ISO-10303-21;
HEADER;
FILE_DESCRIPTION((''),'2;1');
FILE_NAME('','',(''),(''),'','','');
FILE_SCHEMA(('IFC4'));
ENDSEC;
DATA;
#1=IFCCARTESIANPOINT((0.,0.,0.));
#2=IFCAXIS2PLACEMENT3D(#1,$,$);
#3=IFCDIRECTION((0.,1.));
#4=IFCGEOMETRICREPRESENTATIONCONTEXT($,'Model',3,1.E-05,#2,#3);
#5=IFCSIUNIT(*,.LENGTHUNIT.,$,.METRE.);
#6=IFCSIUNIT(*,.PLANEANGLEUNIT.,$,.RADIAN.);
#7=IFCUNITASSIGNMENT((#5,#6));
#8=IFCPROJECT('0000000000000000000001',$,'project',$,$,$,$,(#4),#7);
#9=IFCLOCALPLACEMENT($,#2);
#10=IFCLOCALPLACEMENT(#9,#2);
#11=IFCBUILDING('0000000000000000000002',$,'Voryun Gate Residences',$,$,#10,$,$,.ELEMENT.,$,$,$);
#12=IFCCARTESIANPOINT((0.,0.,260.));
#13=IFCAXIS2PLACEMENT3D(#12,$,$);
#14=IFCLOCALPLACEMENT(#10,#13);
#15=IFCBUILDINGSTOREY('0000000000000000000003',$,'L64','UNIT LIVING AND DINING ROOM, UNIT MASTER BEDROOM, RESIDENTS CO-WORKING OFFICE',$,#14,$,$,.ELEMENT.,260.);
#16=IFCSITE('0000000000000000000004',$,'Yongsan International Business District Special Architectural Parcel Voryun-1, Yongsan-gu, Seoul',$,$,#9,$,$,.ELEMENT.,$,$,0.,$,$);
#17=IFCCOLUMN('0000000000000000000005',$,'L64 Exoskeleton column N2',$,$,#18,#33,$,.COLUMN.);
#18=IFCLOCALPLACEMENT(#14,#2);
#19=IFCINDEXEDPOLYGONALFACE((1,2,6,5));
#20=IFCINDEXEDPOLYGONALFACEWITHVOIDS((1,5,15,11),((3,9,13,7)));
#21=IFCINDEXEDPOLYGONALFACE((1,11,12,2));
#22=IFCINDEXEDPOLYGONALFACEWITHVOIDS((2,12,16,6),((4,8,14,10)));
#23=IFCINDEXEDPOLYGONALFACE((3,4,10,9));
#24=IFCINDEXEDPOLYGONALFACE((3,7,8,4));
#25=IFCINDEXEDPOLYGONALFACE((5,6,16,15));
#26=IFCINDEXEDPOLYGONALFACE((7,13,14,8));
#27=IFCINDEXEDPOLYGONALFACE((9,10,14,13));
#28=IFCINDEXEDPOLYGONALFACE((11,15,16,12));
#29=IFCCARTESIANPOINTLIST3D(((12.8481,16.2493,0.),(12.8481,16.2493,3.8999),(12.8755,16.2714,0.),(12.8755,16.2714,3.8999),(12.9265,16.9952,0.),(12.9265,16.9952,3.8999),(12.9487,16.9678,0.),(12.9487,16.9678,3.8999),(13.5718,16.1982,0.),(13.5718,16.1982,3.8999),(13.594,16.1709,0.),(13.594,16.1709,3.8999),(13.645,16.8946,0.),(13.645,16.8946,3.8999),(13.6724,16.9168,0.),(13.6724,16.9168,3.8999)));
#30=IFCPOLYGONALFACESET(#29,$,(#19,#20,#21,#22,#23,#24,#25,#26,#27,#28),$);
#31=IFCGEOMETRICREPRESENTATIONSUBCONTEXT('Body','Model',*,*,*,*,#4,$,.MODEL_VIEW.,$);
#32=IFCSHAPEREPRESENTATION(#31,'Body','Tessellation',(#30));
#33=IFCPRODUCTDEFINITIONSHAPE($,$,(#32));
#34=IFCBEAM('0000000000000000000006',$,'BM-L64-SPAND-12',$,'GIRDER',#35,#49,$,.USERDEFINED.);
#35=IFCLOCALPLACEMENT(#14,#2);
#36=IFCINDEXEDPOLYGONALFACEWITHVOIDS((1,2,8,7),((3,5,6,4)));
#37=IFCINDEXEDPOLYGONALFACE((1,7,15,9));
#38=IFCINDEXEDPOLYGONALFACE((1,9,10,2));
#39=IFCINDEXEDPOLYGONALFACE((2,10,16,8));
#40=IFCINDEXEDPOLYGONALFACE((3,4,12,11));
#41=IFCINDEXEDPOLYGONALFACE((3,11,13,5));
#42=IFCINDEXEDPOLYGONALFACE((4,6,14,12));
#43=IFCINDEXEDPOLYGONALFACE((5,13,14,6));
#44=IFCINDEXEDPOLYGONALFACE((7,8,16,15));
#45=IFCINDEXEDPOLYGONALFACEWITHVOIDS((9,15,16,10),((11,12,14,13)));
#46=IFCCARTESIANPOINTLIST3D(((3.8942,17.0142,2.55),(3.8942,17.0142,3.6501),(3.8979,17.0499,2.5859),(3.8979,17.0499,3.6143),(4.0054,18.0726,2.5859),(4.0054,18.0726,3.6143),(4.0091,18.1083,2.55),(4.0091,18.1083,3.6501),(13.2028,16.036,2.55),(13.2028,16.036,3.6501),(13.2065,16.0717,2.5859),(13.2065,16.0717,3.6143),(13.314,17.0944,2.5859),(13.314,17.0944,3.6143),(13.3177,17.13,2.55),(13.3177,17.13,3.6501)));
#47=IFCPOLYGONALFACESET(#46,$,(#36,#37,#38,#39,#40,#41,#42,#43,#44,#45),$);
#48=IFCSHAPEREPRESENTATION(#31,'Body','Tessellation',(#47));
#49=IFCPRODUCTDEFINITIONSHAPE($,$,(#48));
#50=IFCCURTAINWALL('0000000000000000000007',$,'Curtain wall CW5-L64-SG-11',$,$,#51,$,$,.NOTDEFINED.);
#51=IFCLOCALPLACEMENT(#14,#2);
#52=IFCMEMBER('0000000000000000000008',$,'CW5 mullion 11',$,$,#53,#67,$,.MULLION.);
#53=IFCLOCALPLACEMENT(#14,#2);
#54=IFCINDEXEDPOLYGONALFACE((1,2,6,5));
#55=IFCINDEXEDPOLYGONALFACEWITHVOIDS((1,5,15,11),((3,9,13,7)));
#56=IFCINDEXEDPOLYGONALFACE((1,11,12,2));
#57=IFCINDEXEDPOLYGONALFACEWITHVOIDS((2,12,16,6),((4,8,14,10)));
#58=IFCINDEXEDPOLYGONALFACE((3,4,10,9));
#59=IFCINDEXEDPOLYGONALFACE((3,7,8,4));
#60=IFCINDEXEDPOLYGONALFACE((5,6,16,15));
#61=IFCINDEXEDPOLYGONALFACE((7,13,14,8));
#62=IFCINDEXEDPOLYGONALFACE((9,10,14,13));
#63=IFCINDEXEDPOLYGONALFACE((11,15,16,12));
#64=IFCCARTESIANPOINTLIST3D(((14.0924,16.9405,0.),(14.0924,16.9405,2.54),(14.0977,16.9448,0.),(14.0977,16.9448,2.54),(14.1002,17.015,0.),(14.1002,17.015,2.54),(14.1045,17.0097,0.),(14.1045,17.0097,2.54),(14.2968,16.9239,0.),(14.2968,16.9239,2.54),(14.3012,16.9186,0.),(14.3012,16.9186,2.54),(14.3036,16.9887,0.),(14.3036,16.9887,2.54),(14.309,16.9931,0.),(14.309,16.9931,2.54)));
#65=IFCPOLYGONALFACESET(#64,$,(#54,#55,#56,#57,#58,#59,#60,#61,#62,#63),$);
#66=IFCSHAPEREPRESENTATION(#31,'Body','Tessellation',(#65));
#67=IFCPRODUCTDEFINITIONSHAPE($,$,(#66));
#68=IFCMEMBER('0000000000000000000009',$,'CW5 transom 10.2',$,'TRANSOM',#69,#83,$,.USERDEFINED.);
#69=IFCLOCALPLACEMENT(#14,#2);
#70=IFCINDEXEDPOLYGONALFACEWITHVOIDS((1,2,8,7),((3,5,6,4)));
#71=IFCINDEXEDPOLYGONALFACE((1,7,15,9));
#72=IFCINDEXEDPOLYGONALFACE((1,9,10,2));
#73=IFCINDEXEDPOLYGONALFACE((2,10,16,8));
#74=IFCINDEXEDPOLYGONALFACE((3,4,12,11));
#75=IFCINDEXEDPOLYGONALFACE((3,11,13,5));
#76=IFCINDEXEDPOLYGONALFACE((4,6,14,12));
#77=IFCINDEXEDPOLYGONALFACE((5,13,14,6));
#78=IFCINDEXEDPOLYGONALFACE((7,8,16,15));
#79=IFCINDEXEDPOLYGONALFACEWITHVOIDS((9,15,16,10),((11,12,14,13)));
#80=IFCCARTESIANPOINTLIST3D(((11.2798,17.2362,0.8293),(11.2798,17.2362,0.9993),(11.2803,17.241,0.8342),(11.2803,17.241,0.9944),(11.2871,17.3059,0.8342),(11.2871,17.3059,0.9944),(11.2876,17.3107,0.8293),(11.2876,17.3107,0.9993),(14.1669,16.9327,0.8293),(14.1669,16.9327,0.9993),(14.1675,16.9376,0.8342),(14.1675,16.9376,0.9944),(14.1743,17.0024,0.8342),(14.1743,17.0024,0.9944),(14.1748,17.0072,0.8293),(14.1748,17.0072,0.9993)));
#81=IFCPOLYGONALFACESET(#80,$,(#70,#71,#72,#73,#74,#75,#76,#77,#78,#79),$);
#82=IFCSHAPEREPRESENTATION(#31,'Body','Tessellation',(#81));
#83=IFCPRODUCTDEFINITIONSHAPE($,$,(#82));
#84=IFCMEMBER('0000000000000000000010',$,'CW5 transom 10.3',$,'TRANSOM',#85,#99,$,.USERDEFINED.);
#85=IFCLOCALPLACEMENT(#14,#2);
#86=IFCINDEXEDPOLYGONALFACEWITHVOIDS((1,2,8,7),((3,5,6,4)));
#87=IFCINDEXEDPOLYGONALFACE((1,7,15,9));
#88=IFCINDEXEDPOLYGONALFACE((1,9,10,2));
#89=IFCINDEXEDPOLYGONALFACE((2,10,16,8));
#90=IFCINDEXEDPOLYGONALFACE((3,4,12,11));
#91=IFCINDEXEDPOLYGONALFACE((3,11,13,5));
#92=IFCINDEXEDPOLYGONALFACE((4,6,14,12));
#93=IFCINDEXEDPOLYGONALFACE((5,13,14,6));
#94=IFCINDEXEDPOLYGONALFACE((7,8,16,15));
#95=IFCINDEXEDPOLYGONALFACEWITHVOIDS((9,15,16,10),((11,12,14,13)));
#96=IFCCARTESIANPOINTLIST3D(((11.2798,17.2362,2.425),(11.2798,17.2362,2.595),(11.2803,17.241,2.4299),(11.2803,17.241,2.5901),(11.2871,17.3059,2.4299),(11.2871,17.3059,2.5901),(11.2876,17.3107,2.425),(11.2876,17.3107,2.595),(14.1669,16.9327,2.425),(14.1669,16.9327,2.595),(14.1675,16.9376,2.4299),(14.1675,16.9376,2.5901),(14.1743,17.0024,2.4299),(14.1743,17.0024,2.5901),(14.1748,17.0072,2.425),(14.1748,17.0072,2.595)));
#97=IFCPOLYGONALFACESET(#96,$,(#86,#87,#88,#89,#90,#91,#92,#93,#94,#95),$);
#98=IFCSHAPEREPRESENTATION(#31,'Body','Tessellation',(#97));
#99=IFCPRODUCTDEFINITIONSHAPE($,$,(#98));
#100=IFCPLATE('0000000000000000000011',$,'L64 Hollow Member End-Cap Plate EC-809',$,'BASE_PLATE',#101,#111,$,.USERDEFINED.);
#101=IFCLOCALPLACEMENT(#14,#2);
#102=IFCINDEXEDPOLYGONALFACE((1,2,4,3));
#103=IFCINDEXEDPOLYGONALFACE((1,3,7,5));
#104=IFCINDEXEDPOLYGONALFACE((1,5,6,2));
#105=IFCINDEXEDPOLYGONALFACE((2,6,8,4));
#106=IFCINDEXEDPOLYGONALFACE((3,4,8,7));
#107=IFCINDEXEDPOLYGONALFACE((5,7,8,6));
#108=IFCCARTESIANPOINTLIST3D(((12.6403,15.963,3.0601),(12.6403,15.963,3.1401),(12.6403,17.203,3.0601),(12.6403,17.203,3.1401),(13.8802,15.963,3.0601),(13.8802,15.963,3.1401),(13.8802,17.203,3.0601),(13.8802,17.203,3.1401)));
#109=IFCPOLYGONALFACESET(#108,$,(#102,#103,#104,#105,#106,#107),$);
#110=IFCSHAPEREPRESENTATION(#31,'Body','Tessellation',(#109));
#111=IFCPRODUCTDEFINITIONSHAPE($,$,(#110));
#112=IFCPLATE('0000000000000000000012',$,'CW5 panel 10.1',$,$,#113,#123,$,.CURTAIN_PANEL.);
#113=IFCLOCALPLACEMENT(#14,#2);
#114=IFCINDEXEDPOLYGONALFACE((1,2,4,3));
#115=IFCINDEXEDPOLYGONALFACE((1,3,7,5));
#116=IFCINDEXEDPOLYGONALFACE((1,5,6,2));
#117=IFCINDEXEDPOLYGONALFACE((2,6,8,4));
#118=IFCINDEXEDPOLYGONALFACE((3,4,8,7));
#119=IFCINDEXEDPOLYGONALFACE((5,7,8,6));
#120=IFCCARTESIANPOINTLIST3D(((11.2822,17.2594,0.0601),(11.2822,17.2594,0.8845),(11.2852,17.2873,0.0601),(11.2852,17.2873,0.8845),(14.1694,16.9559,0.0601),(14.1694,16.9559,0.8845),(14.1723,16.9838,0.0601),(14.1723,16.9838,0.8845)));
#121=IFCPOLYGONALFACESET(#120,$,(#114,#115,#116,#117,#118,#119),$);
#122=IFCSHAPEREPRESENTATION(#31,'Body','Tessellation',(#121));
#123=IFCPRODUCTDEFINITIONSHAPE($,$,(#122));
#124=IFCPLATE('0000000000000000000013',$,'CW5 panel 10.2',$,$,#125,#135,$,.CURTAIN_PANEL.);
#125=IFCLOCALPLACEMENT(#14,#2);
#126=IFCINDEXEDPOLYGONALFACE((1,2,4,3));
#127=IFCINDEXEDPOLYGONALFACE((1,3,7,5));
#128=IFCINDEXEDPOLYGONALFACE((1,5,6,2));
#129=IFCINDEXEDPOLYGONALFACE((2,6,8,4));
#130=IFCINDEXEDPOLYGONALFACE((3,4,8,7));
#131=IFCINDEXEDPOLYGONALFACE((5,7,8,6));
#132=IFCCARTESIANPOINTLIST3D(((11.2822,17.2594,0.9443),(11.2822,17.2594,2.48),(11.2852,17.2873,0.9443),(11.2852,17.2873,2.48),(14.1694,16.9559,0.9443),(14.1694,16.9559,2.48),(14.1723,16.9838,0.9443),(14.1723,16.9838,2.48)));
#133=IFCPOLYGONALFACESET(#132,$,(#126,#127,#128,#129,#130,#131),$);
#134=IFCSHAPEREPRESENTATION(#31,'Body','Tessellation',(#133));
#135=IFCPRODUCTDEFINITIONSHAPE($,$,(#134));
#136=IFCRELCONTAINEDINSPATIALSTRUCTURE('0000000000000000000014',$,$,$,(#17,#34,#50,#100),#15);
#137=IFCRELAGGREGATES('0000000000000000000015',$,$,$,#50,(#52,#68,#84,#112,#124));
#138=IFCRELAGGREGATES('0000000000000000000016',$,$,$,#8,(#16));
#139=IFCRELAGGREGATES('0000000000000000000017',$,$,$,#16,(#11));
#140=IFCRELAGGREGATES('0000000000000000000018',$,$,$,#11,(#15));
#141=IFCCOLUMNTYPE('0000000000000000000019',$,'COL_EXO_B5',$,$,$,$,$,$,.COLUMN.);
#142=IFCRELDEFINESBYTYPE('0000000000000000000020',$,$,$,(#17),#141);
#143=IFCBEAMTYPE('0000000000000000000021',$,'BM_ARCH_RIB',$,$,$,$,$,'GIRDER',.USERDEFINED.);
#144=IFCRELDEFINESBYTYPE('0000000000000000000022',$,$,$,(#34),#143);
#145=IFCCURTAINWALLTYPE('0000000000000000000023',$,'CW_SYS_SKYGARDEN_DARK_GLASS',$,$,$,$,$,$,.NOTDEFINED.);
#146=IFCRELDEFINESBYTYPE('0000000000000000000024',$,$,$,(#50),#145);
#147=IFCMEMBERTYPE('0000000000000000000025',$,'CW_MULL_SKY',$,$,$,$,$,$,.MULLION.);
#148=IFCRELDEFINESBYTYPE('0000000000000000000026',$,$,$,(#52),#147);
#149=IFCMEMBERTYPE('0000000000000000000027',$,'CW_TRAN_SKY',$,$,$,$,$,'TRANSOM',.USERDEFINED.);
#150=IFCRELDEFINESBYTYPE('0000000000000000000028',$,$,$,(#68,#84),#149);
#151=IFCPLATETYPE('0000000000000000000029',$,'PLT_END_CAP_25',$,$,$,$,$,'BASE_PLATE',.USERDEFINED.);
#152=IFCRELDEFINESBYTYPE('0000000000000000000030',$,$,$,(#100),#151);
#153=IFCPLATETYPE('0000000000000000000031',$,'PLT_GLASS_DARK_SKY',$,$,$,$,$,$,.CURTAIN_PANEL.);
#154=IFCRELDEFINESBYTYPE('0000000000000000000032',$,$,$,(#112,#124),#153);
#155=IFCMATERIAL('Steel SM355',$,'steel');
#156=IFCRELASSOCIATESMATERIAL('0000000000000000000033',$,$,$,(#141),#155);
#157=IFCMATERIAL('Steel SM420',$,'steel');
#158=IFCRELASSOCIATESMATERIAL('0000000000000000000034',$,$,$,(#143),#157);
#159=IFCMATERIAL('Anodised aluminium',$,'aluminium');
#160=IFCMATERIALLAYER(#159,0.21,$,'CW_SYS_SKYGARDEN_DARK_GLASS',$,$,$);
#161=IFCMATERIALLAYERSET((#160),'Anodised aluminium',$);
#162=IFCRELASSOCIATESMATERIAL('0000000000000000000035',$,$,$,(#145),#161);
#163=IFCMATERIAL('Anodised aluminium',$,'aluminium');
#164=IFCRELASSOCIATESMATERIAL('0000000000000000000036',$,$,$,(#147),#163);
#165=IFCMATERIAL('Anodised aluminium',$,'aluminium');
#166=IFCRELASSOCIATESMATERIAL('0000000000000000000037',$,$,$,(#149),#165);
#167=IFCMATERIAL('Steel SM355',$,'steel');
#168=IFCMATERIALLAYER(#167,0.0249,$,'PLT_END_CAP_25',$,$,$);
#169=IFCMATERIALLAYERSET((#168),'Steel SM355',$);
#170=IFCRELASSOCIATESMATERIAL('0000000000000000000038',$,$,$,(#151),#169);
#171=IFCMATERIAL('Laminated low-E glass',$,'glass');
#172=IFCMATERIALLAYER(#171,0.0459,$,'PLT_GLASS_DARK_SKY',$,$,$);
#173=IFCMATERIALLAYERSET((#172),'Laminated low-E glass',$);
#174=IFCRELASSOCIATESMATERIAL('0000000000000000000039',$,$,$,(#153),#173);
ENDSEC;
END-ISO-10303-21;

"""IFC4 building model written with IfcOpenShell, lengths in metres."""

from ifc_helpers import new_model, si_unit, direction, frame, origin, origin_2d, place, context, subcontext, project, spatial, rectangle, hollow_rectangle, extrude, material, layer, layer_set, material_profile, profile_set, type_object, element, aggregate, save


model = new_model("IFC4")

# Units and contexts
model_context = context("Model", 3, precision=1e-05, world=origin(), true_north=direction((0.0, 1.0)))
body_context = subcontext(model_context, "Body", "Model", "MODEL_VIEW")
ifc_project = project(units=[si_unit("LENGTHUNIT", "METRE"), si_unit("PLANEANGLEUNIT", "RADIAN")], contexts=[model_context])

# Site, building, storey
site_placement = place(None, origin())
site = spatial("IfcSite", under=ifc_project, at=site_placement, Name="Yongsan International Business District Special Architectural Parcel Voryun-1, Yongsan-gu, Seoul", CompositionType="ELEMENT", RefElevation=0.0)
building_placement = place(site_placement, origin())
building = spatial("IfcBuilding", under=site, at=building_placement, Name="Voryun Gate Residences", CompositionType="ELEMENT")
storey_placement = place(building_placement, frame((0.0, 0.0, 260.0)))
storey = spatial("IfcBuildingStorey", under=building, at=storey_placement, Name="L64", Description="UNIT LIVING AND DINING ROOM, UNIT MASTER BEDROOM, RESIDENTS CO-WORKING OFFICE", CompositionType="ELEMENT", Elevation=260.0)

# Column
ifc_material_1 = material(Name="Steel SM355", Category="steel")
ifc_material_profile_1 = material_profile(ifc_material_1, hollow_rectangle(XDim=0.75, YDim=0.75, WallThickness=0.0249, at=origin_2d()), Name="BOX-750x750x25")
ifc_profile_set_1 = profile_set([ifc_material_profile_1], Name="Steel SM355")
column_type = type_object("IfcColumnType", Name="COL_EXO_B5", PredefinedType="COLUMN", material=ifc_profile_set_1)
column_placement = place(storey_placement, frame((13.2603, 16.583, 0.0), z_axis=(0.0, 0.0, 1.0), x_axis=(0.994522, -0.104528, 0.0)))
element("IfcColumn", 1, at=column_placement, inside=storey, type_object=column_type, Name="L64 Exoskeleton column N2", PredefinedType="COLUMN", context=body_context, shape_type="SweptSolid", body=[
    extrude(hollow_rectangle(XDim=0.75, YDim=0.75, WallThickness=0.0249, at=origin_2d()), origin(), (0.0, 0.0, 1.0), 3.8999),
])

# Beam
ifc_material_2 = material(Name="Steel SM420", Category="steel")
ifc_material_profile_2 = material_profile(ifc_material_2, hollow_rectangle(XDim=1.1001, YDim=1.1001, WallThickness=0.0359, at=origin_2d()), Name="BOX-1100x1100x36")
ifc_profile_set_2 = profile_set([ifc_material_profile_2], Name="Steel SM420")
beam_type = type_object("IfcBeamType", Name="BM_ARCH_RIB", ElementType="GIRDER", PredefinedType="USERDEFINED", material=ifc_profile_set_2)
beam_placement = place(storey_placement, frame((13.2603, 16.583, 3.1001), z_axis=(-0.994523, 0.104518, 0.0), x_axis=(-0.104518, -0.994523, 0.0)))
element("IfcBeam", 2, at=beam_placement, inside=storey, type_object=beam_type, Name="BM-L64-SPAND-12", ObjectType="GIRDER", PredefinedType="USERDEFINED", context=body_context, shape_type="SweptSolid", body=[
    extrude(hollow_rectangle(XDim=1.1001, YDim=1.1001, WallThickness=0.0359, at=origin_2d()), origin(), (0.0, 0.0, 1.0), 9.3599),
])

# Curtain wall, members
ifc_material_3 = material(Name="Anodised aluminium", Category="aluminium")
ifc_layer_1 = layer(ifc_material_3, 0.21, Name="CW_SYS_SKYGARDEN_DARK_GLASS")
ifc_layer_set_1 = layer_set([ifc_layer_1], Name="Anodised aluminium")
curtain_wall_type = type_object("IfcCurtainWallType", Name="CW_SYS_SKYGARDEN_DARK_GLASS", PredefinedType="NOTDEFINED", material=ifc_layer_set_1)
curtain_wall_placement = place(storey_placement, origin())
curtain_wall = element("IfcCurtainWall", 3, at=curtain_wall_placement, inside=storey, type_object=curtain_wall_type, Name="Curtain wall CW5-L64-SG-11", PredefinedType="NOTDEFINED")
ifc_material_4 = material(Name="Anodised aluminium", Category="aluminium")
ifc_material_profile_3 = material_profile(ifc_material_4, hollow_rectangle(XDim=0.075, YDim=0.21, WallThickness=0.0049, at=origin_2d()), Name="ALU-MULL-210x75x5")
ifc_profile_set_3 = profile_set([ifc_material_profile_3], Name="Anodised aluminium")
member_type_1 = type_object("IfcMemberType", Name="CW_MULL_SKY", PredefinedType="MULLION", material=ifc_profile_set_3)
member_1_placement = place(storey_placement, frame((14.2007, 16.9668, 0.0), z_axis=(0.0, 0.0, 1.0), x_axis=(0.104532, 0.994521, 0.0)))
member_1 = element("IfcMember", 4, at=member_1_placement, type_object=member_type_1, Name="CW5 mullion 11", PredefinedType="MULLION", context=body_context, shape_type="SweptSolid", body=[
    extrude(hollow_rectangle(XDim=0.075, YDim=0.21, WallThickness=0.0049, at=origin_2d()), origin(), (0.0, 0.0, 1.0), 2.54),
])
ifc_material_5 = material(Name="Anodised aluminium", Category="aluminium")
ifc_material_profile_4 = material_profile(ifc_material_5, hollow_rectangle(XDim=0.075, YDim=0.1699, WallThickness=0.0049, at=origin_2d()), Name="ALU-TRAN-170x75x5")
ifc_profile_set_4 = profile_set([ifc_material_profile_4], Name="Anodised aluminium")
member_type_2 = type_object("IfcMemberType", Name="CW_TRAN_SKY", ElementType="TRANSOM", PredefinedType="USERDEFINED", material=ifc_profile_set_4)
member_2_placement = place(storey_placement, frame((11.2837, 17.2734, 0.9143), z_axis=(0.994522, -0.104532, 0.0), x_axis=(0.104532, 0.994522, 0.0)))
member_2 = element("IfcMember", 5, at=member_2_placement, type_object=member_type_2, Name="CW5 transom 10.2", ObjectType="TRANSOM", PredefinedType="USERDEFINED", context=body_context, shape_type="SweptSolid", body=[
    extrude(hollow_rectangle(XDim=0.075, YDim=0.1699, WallThickness=0.0049, at=origin_2d()), origin(), (0.0, 0.0, 1.0), 2.9031),
])
member_3_placement = place(storey_placement, frame((11.2837, 17.2734, 2.51), z_axis=(0.994522, -0.104532, 0.0), x_axis=(0.104532, 0.994522, 0.0)))
member_3 = element("IfcMember", 6, at=member_3_placement, type_object=member_type_2, Name="CW5 transom 10.3", ObjectType="TRANSOM", PredefinedType="USERDEFINED", context=body_context, shape_type="SweptSolid", body=[
    extrude(hollow_rectangle(XDim=0.075, YDim=0.1699, WallThickness=0.0049, at=origin_2d()), origin(), (0.0, 0.0, 1.0), 2.9031),
])

# Plates
ifc_material_6 = material(Name="Steel SM355", Category="steel")
ifc_layer_2 = layer(ifc_material_6, 0.0249, Name="PLT_END_CAP_25")
ifc_layer_set_2 = layer_set([ifc_layer_2], Name="Steel SM355")
plate_type_1 = type_object("IfcPlateType", Name="PLT_END_CAP_25", ElementType="BASE_PLATE", PredefinedType="USERDEFINED", material=ifc_layer_set_2)
plate_1_placement = place(storey_placement, frame((13.2603, 16.583, 3.0601), z_axis=(0.0, 0.0, 1.0), x_axis=(1.0, 0.0, 0.0)))
element("IfcPlate", 7, at=plate_1_placement, inside=storey, type_object=plate_type_1, Name="L64 Hollow Member End-Cap Plate EC-809", ObjectType="BASE_PLATE", PredefinedType="USERDEFINED", context=body_context, shape_type="SweptSolid", body=[
    extrude(rectangle(XDim=1.24, YDim=1.24, at=origin_2d()), origin(), (0.0, 0.0, 1.0), 0.0801),
])
ifc_material_7 = material(Name="Laminated low-E glass", Category="glass")
ifc_layer_3 = layer(ifc_material_7, 0.0459, Name="PLT_GLASS_DARK_SKY")
ifc_layer_set_3 = layer_set([ifc_layer_3], Name="Laminated low-E glass")
plate_type_2 = type_object("IfcPlateType", Name="PLT_GLASS_DARK_SKY", PredefinedType="CURTAIN_PANEL", material=ifc_layer_set_3)
plate_2_placement = place(storey_placement, frame((12.7273, 17.1216, 0.0601), z_axis=(0.0, 0.0, 1.0), x_axis=(0.994521, -0.104532, 0.0)))
plate_2 = element("IfcPlate", 8, at=plate_2_placement, type_object=plate_type_2, Name="CW5 panel 10.1", PredefinedType="CURTAIN_PANEL", context=body_context, shape_type="SweptSolid", body=[
    extrude(rectangle(XDim=2.9031, YDim=0.0281, at=origin_2d()), origin(), (0.0, 0.0, 1.0), 0.8245),
])
plate_3_placement = place(storey_placement, frame((12.7273, 17.1216, 0.9443), z_axis=(0.0, 0.0, 1.0), x_axis=(0.994521, -0.104532, 0.0)))
plate_3 = element("IfcPlate", 9, at=plate_3_placement, type_object=plate_type_2, Name="CW5 panel 10.2", PredefinedType="CURTAIN_PANEL", context=body_context, shape_type="SweptSolid", body=[
    extrude(rectangle(XDim=2.9031, YDim=0.0281, at=origin_2d()), origin(), (0.0, 0.0, 1.0), 1.5356),
])
aggregate(curtain_wall, [member_1, member_2, member_3, plate_2, plate_3])

save(model, "model.ifc")
